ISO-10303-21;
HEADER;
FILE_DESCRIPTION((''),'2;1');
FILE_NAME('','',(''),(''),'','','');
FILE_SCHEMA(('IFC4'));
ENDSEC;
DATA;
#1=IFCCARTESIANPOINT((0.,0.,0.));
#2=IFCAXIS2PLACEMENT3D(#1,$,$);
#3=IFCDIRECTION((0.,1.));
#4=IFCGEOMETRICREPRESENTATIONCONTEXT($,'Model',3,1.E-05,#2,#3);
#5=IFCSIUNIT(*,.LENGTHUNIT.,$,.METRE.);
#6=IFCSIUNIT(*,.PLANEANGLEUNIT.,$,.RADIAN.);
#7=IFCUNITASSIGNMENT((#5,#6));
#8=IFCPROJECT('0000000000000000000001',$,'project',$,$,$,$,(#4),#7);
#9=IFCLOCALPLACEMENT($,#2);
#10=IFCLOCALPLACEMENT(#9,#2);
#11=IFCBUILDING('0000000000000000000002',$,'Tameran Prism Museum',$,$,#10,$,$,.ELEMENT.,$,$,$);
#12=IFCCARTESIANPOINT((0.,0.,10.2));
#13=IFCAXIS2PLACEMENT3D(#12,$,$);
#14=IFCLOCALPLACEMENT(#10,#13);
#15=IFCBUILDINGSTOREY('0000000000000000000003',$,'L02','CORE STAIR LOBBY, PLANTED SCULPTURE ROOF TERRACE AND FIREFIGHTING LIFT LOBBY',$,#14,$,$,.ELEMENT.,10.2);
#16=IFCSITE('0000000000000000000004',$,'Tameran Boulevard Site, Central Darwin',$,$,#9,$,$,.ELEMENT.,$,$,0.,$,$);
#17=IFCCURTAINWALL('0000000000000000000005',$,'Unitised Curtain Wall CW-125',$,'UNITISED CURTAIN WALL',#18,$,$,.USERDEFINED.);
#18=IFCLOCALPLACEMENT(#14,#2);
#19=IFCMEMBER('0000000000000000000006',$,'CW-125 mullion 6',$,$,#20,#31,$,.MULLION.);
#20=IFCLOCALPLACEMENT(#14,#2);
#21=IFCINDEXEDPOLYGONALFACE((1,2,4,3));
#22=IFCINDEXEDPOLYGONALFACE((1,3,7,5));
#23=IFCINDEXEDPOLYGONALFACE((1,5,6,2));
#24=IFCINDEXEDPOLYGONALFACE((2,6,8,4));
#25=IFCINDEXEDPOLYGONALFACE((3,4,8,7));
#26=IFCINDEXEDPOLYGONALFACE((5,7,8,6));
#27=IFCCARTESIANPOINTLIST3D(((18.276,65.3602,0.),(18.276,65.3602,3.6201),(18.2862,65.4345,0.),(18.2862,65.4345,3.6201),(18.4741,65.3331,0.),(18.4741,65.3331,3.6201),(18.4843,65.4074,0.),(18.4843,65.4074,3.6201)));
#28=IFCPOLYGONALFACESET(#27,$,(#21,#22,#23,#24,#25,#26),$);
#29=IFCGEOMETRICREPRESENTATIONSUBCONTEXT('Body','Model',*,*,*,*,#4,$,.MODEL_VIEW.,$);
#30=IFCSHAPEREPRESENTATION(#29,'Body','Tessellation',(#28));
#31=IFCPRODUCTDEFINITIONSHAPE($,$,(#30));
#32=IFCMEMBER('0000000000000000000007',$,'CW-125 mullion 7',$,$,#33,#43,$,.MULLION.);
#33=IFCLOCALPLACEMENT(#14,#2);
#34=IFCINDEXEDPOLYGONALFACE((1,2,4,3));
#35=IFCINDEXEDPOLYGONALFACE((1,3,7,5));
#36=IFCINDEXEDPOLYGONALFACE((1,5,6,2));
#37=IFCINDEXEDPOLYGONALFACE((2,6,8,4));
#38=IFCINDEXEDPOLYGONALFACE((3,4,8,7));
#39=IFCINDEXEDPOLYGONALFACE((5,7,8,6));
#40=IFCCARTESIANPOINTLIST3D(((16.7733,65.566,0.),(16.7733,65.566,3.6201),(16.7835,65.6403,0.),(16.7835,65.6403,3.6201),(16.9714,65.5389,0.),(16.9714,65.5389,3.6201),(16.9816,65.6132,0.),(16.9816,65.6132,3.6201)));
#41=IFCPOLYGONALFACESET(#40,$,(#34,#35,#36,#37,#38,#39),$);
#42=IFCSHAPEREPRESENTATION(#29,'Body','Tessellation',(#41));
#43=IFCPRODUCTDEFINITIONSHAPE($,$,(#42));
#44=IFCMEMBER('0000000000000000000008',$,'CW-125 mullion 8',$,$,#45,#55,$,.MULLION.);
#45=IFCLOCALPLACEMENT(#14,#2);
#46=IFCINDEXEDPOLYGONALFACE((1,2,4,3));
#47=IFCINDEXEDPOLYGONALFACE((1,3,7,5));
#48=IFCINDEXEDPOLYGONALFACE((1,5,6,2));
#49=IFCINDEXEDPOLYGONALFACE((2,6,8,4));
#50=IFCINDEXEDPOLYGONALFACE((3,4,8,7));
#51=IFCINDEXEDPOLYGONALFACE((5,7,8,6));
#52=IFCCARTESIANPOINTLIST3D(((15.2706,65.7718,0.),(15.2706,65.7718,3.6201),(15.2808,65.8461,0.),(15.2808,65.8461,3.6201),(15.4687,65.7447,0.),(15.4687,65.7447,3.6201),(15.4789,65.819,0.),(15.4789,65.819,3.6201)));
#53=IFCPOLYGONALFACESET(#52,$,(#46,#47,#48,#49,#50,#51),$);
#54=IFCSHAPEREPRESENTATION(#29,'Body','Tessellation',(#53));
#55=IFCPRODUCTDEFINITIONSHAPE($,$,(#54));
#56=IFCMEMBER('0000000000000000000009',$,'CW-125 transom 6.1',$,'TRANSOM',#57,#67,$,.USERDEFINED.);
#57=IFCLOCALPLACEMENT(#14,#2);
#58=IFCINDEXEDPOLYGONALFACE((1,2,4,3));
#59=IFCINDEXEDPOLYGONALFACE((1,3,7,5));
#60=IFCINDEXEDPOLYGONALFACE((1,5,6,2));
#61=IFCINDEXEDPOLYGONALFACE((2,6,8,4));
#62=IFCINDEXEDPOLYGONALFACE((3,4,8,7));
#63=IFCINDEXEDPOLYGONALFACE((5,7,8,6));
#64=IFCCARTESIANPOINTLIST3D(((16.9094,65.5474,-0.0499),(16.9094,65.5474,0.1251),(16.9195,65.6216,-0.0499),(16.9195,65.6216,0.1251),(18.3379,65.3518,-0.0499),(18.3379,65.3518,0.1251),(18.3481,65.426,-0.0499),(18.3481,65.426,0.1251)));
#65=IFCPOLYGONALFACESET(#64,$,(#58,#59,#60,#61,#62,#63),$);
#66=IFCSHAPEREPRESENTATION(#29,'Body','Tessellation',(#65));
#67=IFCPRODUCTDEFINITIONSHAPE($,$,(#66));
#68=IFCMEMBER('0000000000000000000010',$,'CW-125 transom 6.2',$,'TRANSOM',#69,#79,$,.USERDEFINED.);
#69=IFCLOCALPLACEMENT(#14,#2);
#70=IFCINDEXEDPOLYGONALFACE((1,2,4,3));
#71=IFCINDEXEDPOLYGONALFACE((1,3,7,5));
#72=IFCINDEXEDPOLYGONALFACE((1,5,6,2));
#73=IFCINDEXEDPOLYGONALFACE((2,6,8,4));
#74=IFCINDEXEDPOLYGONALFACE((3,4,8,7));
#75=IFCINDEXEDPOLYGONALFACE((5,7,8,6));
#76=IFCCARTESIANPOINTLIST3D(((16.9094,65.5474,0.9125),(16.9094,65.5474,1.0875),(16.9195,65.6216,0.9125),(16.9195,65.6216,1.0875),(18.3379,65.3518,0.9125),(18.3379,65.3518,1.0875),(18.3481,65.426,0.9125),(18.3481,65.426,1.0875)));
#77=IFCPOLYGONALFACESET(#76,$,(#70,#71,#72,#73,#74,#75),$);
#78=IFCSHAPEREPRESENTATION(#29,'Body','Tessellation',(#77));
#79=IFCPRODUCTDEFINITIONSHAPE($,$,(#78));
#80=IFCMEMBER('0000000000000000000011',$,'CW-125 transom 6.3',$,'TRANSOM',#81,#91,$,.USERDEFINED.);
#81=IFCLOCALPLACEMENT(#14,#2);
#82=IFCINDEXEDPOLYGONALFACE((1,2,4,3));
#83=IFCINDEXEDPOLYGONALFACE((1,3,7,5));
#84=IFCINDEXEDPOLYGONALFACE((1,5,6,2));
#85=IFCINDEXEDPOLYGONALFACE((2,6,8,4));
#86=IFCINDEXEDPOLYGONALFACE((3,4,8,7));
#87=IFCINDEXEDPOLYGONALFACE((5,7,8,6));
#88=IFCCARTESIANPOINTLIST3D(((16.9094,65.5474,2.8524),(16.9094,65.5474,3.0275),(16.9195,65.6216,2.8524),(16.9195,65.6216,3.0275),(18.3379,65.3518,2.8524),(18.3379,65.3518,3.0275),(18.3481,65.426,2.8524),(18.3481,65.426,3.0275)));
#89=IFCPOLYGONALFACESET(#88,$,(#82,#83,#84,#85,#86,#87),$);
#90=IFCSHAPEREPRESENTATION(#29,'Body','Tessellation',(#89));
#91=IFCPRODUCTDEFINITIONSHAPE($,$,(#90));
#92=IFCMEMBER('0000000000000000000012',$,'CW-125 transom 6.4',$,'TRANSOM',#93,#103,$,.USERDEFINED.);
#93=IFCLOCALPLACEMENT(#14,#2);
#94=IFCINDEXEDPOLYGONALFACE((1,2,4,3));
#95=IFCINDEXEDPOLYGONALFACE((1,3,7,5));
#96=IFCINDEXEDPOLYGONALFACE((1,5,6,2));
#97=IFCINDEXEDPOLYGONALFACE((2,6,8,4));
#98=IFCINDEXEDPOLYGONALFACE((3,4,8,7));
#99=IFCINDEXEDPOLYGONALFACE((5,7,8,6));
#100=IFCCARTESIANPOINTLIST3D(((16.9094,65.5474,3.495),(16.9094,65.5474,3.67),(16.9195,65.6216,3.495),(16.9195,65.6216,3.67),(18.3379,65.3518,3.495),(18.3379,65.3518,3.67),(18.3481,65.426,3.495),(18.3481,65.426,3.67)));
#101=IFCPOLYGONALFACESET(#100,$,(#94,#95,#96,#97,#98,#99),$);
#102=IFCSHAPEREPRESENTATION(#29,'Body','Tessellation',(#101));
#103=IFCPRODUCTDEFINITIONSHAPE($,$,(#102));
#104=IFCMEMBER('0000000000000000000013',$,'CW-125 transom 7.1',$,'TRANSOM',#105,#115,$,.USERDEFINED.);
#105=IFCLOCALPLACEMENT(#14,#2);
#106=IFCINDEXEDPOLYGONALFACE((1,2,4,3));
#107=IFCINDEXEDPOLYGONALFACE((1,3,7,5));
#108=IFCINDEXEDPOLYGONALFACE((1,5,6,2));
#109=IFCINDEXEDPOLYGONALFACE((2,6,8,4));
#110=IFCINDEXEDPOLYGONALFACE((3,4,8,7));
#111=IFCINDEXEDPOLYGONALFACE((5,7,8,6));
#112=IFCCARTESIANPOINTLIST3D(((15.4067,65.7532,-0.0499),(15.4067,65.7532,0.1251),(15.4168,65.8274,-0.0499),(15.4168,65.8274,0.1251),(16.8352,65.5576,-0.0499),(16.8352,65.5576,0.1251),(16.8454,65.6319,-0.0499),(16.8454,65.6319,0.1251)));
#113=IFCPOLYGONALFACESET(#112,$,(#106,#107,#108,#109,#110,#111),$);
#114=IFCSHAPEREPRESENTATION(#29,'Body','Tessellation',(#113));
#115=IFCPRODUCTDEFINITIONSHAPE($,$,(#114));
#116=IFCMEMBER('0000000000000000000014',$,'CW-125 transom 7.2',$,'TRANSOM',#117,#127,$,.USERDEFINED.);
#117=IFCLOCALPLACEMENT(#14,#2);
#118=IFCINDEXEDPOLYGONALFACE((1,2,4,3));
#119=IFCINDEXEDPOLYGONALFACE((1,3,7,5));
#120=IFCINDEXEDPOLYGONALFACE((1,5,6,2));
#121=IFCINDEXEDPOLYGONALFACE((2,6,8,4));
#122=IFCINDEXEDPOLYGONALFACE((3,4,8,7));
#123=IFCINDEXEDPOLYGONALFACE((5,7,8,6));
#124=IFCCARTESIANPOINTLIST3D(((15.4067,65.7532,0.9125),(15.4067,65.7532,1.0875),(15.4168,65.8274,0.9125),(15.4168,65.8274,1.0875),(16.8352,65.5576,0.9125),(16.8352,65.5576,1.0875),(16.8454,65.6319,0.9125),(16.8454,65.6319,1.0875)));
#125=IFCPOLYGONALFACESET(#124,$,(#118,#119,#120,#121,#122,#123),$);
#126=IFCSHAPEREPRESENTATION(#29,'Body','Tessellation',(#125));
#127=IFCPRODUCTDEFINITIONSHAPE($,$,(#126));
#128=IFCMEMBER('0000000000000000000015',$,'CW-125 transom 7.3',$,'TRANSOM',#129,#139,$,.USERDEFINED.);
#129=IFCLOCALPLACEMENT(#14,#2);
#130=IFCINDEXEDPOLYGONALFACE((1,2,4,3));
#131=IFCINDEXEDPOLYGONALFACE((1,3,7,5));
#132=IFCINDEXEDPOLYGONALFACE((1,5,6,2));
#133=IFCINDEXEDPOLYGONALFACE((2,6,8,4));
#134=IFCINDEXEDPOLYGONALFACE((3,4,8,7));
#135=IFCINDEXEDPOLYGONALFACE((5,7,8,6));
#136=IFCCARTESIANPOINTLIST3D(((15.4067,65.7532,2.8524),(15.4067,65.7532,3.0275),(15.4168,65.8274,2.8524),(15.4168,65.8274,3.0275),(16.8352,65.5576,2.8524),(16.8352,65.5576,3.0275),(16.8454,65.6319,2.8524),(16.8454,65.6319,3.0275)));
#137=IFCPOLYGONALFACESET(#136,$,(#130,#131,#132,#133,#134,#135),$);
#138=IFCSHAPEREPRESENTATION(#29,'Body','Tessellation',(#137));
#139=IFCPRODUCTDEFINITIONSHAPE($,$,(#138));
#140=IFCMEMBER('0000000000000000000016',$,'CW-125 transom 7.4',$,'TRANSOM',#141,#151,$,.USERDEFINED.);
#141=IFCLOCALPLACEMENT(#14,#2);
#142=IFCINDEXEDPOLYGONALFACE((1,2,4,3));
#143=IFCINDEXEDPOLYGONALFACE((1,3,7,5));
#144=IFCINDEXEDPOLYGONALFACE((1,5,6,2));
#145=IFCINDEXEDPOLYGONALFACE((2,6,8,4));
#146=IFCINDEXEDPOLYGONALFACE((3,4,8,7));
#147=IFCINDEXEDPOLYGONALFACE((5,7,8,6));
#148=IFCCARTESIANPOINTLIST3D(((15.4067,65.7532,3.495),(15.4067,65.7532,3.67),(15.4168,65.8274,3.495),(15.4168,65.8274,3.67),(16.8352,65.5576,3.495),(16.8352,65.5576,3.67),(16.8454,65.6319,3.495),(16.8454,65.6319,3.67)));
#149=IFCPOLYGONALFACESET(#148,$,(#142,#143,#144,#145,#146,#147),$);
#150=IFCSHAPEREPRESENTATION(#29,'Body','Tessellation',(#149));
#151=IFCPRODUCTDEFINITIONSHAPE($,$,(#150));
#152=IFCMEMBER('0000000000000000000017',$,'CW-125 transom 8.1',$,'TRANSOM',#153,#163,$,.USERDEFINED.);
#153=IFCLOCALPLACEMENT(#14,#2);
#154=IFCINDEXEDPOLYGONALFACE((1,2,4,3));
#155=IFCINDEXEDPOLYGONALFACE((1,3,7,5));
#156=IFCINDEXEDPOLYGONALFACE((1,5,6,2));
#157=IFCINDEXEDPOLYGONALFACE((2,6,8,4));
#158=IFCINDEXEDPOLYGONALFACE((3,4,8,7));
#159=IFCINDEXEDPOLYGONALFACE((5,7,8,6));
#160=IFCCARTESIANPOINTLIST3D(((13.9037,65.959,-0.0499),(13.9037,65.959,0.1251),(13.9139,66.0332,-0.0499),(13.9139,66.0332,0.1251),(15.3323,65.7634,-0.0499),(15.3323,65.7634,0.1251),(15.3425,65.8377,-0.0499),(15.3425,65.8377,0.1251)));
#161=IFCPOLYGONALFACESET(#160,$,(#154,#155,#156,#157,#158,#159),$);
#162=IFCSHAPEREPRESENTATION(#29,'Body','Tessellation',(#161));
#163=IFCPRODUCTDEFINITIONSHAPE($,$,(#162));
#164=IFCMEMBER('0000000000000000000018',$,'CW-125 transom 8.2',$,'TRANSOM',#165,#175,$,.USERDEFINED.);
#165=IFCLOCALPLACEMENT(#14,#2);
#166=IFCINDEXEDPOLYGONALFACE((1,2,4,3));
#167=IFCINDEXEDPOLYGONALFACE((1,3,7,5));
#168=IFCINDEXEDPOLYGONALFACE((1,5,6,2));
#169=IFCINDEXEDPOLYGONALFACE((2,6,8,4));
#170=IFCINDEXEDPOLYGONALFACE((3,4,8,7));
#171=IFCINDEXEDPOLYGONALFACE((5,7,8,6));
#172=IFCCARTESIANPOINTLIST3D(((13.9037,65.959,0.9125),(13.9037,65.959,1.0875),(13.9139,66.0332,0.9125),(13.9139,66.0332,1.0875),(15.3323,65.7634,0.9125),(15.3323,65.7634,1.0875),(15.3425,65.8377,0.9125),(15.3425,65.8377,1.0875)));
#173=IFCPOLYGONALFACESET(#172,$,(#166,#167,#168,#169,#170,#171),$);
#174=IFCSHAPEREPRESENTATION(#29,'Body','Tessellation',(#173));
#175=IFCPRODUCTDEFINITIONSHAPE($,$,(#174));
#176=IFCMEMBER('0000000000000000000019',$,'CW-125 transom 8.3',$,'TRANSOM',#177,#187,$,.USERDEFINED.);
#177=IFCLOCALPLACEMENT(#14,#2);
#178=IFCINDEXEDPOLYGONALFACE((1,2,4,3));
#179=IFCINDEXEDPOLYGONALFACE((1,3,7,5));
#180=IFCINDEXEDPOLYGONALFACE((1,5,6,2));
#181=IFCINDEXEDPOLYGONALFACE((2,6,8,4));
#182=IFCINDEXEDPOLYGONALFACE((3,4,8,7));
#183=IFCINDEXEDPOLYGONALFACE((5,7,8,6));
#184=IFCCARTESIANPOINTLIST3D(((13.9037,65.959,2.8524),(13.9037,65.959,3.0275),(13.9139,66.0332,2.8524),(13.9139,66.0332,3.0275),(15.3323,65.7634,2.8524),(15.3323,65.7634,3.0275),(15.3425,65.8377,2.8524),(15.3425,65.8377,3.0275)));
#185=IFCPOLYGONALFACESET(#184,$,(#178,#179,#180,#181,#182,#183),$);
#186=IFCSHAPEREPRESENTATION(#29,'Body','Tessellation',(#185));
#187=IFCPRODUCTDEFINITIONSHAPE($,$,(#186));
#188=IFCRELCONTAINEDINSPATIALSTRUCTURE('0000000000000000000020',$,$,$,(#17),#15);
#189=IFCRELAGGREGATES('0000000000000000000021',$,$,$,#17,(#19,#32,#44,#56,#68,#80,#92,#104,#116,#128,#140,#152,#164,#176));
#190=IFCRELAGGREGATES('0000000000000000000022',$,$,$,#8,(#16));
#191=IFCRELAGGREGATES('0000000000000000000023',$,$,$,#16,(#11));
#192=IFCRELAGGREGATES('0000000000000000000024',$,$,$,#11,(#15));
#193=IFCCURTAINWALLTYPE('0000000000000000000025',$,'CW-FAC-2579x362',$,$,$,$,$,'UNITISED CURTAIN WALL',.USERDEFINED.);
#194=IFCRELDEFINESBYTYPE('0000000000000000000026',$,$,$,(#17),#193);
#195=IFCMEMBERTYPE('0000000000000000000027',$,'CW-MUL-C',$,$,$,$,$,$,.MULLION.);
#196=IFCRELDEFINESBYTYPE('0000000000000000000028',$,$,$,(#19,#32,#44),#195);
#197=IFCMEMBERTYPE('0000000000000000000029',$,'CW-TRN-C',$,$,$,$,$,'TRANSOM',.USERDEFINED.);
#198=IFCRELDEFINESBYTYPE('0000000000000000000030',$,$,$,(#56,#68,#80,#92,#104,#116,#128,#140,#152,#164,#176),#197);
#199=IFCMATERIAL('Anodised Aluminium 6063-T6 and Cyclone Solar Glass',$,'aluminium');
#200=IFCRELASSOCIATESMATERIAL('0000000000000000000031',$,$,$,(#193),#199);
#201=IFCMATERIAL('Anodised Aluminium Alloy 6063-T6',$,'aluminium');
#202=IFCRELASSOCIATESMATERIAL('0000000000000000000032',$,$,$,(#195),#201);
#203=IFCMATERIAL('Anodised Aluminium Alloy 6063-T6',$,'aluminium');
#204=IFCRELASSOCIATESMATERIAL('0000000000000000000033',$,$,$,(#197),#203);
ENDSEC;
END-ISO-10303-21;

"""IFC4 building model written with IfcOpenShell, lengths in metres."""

from ifc_helpers import new_model, si_unit, direction, frame, origin, origin_2d, place, context, subcontext, project, spatial, rectangle, extrude, material, material_profile, profile_set, type_object, element, aggregate, save


model = new_model("IFC4")

# Units and contexts
model_context = context("Model", 3, precision=1e-05, world=origin(), true_north=direction((0.0, 1.0)))
body_context = subcontext(model_context, "Body", "Model", "MODEL_VIEW")
ifc_project = project(units=[si_unit("LENGTHUNIT", "METRE"), si_unit("PLANEANGLEUNIT", "RADIAN")], contexts=[model_context])

# Site, building, storey
site_placement = place(None, origin())
site = spatial("IfcSite", under=ifc_project, at=site_placement, Name="Tameran Boulevard Site, Central Darwin", CompositionType="ELEMENT", RefElevation=0.0)
building_placement = place(site_placement, origin())
building = spatial("IfcBuilding", under=site, at=building_placement, Name="Tameran Prism Museum", CompositionType="ELEMENT")
storey_placement = place(building_placement, frame((0.0, 0.0, 10.2)))
storey = spatial("IfcBuildingStorey", under=building, at=storey_placement, Name="L02", Description="CORE STAIR LOBBY, PLANTED SCULPTURE ROOF TERRACE AND FIREFIGHTING LIFT LOBBY", CompositionType="ELEMENT", Elevation=10.2)

# Curtain wall, members
ifc_material_1 = material(Name="Anodised Aluminium 6063-T6 and Cyclone Solar Glass", Category="aluminium")
curtain_wall_type = type_object("IfcCurtainWallType", Name="CW-FAC-2579x362", ElementType="UNITISED CURTAIN WALL", PredefinedType="USERDEFINED", material=ifc_material_1)
curtain_wall_placement = place(storey_placement, origin())
curtain_wall = element("IfcCurtainWall", 1, at=curtain_wall_placement, inside=storey, type_object=curtain_wall_type, Name="Unitised Curtain Wall CW-125", ObjectType="UNITISED CURTAIN WALL", PredefinedType="USERDEFINED")
ifc_material_2 = material(Name="Anodised Aluminium Alloy 6063-T6", Category="aluminium")
ifc_material_profile_1 = material_profile(ifc_material_2, rectangle(XDim=0.075, YDim=0.2, at=origin_2d()))
ifc_profile_set_1 = profile_set([ifc_material_profile_1])
member_type_1 = type_object("IfcMemberType", Name="CW-MUL-C", PredefinedType="MULLION", material=ifc_profile_set_1)
member_1_placement = place(storey_placement, frame((18.3801, 65.3838, 0.0), z_axis=(0.0, 0.0, 1.0), x_axis=(-0.135658, -0.990756, 0.0)))
member_1 = element("IfcMember", 2, at=member_1_placement, type_object=member_type_1, Name="CW-125 mullion 6", PredefinedType="MULLION", context=body_context, shape_type="SweptSolid", body=[
    extrude(rectangle(XDim=0.075, YDim=0.2, at=origin_2d()), origin(), (0.0, 0.0, 1.0), 3.6201),
])
member_2_placement = place(storey_placement, frame((16.8774, 65.5896, 0.0), z_axis=(0.0, 0.0, 1.0), x_axis=(-0.135658, -0.990756, 0.0)))
member_2 = element("IfcMember", 3, at=member_2_placement, type_object=member_type_1, Name="CW-125 mullion 7", PredefinedType="MULLION", context=body_context, shape_type="SweptSolid", body=[
    extrude(rectangle(XDim=0.075, YDim=0.2, at=origin_2d()), origin(), (0.0, 0.0, 1.0), 3.6201),
])
member_3_placement = place(storey_placement, frame((15.3748, 65.7954, 0.0), z_axis=(0.0, 0.0, 1.0), x_axis=(-0.135658, -0.990756, 0.0)))
member_3 = element("IfcMember", 4, at=member_3_placement, type_object=member_type_1, Name="CW-125 mullion 8", PredefinedType="MULLION", context=body_context, shape_type="SweptSolid", body=[
    extrude(rectangle(XDim=0.075, YDim=0.2, at=origin_2d()), origin(), (0.0, 0.0, 1.0), 3.6201),
])
ifc_material_3 = material(Name="Anodised Aluminium Alloy 6063-T6", Category="aluminium")
ifc_material_profile_2 = material_profile(ifc_material_3, rectangle(XDim=0.075, YDim=0.175, at=origin_2d()))
ifc_profile_set_2 = profile_set([ifc_material_profile_2])
member_type_2 = type_object("IfcMemberType", Name="CW-TRN-C", ElementType="TRANSOM", PredefinedType="USERDEFINED", material=ifc_profile_set_2)
member_4_placement = place(storey_placement, frame((18.343, 65.3889, 0.0376), z_axis=(-0.990759, 0.135635, 0.0), x_axis=(-0.135635, -0.990759, 0.0)))
member_4 = element("IfcMember", 5, at=member_4_placement, type_object=member_type_2, Name="CW-125 transom 6.1", ObjectType="TRANSOM", PredefinedType="USERDEFINED", context=body_context, shape_type="SweptSolid", body=[
    extrude(rectangle(XDim=0.075, YDim=0.175, at=origin_2d()), origin(), (0.0, 0.0, 1.0), 1.4419),
])
member_5_placement = place(storey_placement, frame((18.343, 65.3889, 1.0), z_axis=(-0.990759, 0.135635, 0.0), x_axis=(-0.135635, -0.990759, 0.0)))
member_5 = element("IfcMember", 6, at=member_5_placement, type_object=member_type_2, Name="CW-125 transom 6.2", ObjectType="TRANSOM", PredefinedType="USERDEFINED", context=body_context, shape_type="SweptSolid", body=[
    extrude(rectangle(XDim=0.075, YDim=0.175, at=origin_2d()), origin(), (0.0, 0.0, 1.0), 1.4419),
])
member_6_placement = place(storey_placement, frame((18.343, 65.3889, 2.9399), z_axis=(-0.990759, 0.135635, 0.0), x_axis=(-0.135635, -0.990759, 0.0)))
member_6 = element("IfcMember", 7, at=member_6_placement, type_object=member_type_2, Name="CW-125 transom 6.3", ObjectType="TRANSOM", PredefinedType="USERDEFINED", context=body_context, shape_type="SweptSolid", body=[
    extrude(rectangle(XDim=0.075, YDim=0.175, at=origin_2d()), origin(), (0.0, 0.0, 1.0), 1.4419),
])
member_7_placement = place(storey_placement, frame((18.343, 65.3889, 3.5825), z_axis=(-0.990759, 0.135635, 0.0), x_axis=(-0.135635, -0.990759, 0.0)))
member_7 = element("IfcMember", 8, at=member_7_placement, type_object=member_type_2, Name="CW-125 transom 6.4", ObjectType="TRANSOM", PredefinedType="USERDEFINED", context=body_context, shape_type="SweptSolid", body=[
    extrude(rectangle(XDim=0.075, YDim=0.175, at=origin_2d()), origin(), (0.0, 0.0, 1.0), 1.4419),
])
member_8_placement = place(storey_placement, frame((16.8403, 65.5947, 0.0376), z_axis=(-0.990759, 0.135635, 0.0), x_axis=(-0.135635, -0.990759, 0.0)))
member_8 = element("IfcMember", 9, at=member_8_placement, type_object=member_type_2, Name="CW-125 transom 7.1", ObjectType="TRANSOM", PredefinedType="USERDEFINED", context=body_context, shape_type="SweptSolid", body=[
    extrude(rectangle(XDim=0.075, YDim=0.175, at=origin_2d()), origin(), (0.0, 0.0, 1.0), 1.4419),
])
member_9_placement = place(storey_placement, frame((16.8403, 65.5947, 1.0), z_axis=(-0.990759, 0.135635, 0.0), x_axis=(-0.135635, -0.990759, 0.0)))
member_9 = element("IfcMember", 10, at=member_9_placement, type_object=member_type_2, Name="CW-125 transom 7.2", ObjectType="TRANSOM", PredefinedType="USERDEFINED", context=body_context, shape_type="SweptSolid", body=[
    extrude(rectangle(XDim=0.075, YDim=0.175, at=origin_2d()), origin(), (0.0, 0.0, 1.0), 1.4419),
])
member_10_placement = place(storey_placement, frame((16.8403, 65.5947, 2.9399), z_axis=(-0.990759, 0.135635, 0.0), x_axis=(-0.135635, -0.990759, 0.0)))
member_10 = element("IfcMember", 11, at=member_10_placement, type_object=member_type_2, Name="CW-125 transom 7.3", ObjectType="TRANSOM", PredefinedType="USERDEFINED", context=body_context, shape_type="SweptSolid", body=[
    extrude(rectangle(XDim=0.075, YDim=0.175, at=origin_2d()), origin(), (0.0, 0.0, 1.0), 1.4419),
])
member_11_placement = place(storey_placement, frame((16.8403, 65.5947, 3.5825), z_axis=(-0.990759, 0.135635, 0.0), x_axis=(-0.135635, -0.990759, 0.0)))
member_11 = element("IfcMember", 12, at=member_11_placement, type_object=member_type_2, Name="CW-125 transom 7.4", ObjectType="TRANSOM", PredefinedType="USERDEFINED", context=body_context, shape_type="SweptSolid", body=[
    extrude(rectangle(XDim=0.075, YDim=0.175, at=origin_2d()), origin(), (0.0, 0.0, 1.0), 1.4419),
])
member_12_placement = place(storey_placement, frame((15.3374, 65.8005, 0.0376), z_axis=(-0.990759, 0.135635, 0.0), x_axis=(-0.135635, -0.990759, 0.0)))
member_12 = element("IfcMember", 13, at=member_12_placement, type_object=member_type_2, Name="CW-125 transom 8.1", ObjectType="TRANSOM", PredefinedType="USERDEFINED", context=body_context, shape_type="SweptSolid", body=[
    extrude(rectangle(XDim=0.075, YDim=0.175, at=origin_2d()), origin(), (0.0, 0.0, 1.0), 1.4419),
])
member_13_placement = place(storey_placement, frame((15.3374, 65.8005, 1.0), z_axis=(-0.990759, 0.135635, 0.0), x_axis=(-0.135635, -0.990759, 0.0)))
member_13 = element("IfcMember", 14, at=member_13_placement, type_object=member_type_2, Name="CW-125 transom 8.2", ObjectType="TRANSOM", PredefinedType="USERDEFINED", context=body_context, shape_type="SweptSolid", body=[
    extrude(rectangle(XDim=0.075, YDim=0.175, at=origin_2d()), origin(), (0.0, 0.0, 1.0), 1.4419),
])
member_14_placement = place(storey_placement, frame((15.3374, 65.8005, 2.9399), z_axis=(-0.990759, 0.135635, 0.0), x_axis=(-0.135635, -0.990759, 0.0)))
member_14 = element("IfcMember", 15, at=member_14_placement, type_object=member_type_2, Name="CW-125 transom 8.3", ObjectType="TRANSOM", PredefinedType="USERDEFINED", context=body_context, shape_type="SweptSolid", body=[
    extrude(rectangle(XDim=0.075, YDim=0.175, at=origin_2d()), origin(), (0.0, 0.0, 1.0), 1.4419),
])
aggregate(curtain_wall, [member_1, member_2, member_3, member_4, member_5, member_6, member_7, member_8, member_9, member_10, member_11, member_12, member_13, member_14])

save(model, "model.ifc")
